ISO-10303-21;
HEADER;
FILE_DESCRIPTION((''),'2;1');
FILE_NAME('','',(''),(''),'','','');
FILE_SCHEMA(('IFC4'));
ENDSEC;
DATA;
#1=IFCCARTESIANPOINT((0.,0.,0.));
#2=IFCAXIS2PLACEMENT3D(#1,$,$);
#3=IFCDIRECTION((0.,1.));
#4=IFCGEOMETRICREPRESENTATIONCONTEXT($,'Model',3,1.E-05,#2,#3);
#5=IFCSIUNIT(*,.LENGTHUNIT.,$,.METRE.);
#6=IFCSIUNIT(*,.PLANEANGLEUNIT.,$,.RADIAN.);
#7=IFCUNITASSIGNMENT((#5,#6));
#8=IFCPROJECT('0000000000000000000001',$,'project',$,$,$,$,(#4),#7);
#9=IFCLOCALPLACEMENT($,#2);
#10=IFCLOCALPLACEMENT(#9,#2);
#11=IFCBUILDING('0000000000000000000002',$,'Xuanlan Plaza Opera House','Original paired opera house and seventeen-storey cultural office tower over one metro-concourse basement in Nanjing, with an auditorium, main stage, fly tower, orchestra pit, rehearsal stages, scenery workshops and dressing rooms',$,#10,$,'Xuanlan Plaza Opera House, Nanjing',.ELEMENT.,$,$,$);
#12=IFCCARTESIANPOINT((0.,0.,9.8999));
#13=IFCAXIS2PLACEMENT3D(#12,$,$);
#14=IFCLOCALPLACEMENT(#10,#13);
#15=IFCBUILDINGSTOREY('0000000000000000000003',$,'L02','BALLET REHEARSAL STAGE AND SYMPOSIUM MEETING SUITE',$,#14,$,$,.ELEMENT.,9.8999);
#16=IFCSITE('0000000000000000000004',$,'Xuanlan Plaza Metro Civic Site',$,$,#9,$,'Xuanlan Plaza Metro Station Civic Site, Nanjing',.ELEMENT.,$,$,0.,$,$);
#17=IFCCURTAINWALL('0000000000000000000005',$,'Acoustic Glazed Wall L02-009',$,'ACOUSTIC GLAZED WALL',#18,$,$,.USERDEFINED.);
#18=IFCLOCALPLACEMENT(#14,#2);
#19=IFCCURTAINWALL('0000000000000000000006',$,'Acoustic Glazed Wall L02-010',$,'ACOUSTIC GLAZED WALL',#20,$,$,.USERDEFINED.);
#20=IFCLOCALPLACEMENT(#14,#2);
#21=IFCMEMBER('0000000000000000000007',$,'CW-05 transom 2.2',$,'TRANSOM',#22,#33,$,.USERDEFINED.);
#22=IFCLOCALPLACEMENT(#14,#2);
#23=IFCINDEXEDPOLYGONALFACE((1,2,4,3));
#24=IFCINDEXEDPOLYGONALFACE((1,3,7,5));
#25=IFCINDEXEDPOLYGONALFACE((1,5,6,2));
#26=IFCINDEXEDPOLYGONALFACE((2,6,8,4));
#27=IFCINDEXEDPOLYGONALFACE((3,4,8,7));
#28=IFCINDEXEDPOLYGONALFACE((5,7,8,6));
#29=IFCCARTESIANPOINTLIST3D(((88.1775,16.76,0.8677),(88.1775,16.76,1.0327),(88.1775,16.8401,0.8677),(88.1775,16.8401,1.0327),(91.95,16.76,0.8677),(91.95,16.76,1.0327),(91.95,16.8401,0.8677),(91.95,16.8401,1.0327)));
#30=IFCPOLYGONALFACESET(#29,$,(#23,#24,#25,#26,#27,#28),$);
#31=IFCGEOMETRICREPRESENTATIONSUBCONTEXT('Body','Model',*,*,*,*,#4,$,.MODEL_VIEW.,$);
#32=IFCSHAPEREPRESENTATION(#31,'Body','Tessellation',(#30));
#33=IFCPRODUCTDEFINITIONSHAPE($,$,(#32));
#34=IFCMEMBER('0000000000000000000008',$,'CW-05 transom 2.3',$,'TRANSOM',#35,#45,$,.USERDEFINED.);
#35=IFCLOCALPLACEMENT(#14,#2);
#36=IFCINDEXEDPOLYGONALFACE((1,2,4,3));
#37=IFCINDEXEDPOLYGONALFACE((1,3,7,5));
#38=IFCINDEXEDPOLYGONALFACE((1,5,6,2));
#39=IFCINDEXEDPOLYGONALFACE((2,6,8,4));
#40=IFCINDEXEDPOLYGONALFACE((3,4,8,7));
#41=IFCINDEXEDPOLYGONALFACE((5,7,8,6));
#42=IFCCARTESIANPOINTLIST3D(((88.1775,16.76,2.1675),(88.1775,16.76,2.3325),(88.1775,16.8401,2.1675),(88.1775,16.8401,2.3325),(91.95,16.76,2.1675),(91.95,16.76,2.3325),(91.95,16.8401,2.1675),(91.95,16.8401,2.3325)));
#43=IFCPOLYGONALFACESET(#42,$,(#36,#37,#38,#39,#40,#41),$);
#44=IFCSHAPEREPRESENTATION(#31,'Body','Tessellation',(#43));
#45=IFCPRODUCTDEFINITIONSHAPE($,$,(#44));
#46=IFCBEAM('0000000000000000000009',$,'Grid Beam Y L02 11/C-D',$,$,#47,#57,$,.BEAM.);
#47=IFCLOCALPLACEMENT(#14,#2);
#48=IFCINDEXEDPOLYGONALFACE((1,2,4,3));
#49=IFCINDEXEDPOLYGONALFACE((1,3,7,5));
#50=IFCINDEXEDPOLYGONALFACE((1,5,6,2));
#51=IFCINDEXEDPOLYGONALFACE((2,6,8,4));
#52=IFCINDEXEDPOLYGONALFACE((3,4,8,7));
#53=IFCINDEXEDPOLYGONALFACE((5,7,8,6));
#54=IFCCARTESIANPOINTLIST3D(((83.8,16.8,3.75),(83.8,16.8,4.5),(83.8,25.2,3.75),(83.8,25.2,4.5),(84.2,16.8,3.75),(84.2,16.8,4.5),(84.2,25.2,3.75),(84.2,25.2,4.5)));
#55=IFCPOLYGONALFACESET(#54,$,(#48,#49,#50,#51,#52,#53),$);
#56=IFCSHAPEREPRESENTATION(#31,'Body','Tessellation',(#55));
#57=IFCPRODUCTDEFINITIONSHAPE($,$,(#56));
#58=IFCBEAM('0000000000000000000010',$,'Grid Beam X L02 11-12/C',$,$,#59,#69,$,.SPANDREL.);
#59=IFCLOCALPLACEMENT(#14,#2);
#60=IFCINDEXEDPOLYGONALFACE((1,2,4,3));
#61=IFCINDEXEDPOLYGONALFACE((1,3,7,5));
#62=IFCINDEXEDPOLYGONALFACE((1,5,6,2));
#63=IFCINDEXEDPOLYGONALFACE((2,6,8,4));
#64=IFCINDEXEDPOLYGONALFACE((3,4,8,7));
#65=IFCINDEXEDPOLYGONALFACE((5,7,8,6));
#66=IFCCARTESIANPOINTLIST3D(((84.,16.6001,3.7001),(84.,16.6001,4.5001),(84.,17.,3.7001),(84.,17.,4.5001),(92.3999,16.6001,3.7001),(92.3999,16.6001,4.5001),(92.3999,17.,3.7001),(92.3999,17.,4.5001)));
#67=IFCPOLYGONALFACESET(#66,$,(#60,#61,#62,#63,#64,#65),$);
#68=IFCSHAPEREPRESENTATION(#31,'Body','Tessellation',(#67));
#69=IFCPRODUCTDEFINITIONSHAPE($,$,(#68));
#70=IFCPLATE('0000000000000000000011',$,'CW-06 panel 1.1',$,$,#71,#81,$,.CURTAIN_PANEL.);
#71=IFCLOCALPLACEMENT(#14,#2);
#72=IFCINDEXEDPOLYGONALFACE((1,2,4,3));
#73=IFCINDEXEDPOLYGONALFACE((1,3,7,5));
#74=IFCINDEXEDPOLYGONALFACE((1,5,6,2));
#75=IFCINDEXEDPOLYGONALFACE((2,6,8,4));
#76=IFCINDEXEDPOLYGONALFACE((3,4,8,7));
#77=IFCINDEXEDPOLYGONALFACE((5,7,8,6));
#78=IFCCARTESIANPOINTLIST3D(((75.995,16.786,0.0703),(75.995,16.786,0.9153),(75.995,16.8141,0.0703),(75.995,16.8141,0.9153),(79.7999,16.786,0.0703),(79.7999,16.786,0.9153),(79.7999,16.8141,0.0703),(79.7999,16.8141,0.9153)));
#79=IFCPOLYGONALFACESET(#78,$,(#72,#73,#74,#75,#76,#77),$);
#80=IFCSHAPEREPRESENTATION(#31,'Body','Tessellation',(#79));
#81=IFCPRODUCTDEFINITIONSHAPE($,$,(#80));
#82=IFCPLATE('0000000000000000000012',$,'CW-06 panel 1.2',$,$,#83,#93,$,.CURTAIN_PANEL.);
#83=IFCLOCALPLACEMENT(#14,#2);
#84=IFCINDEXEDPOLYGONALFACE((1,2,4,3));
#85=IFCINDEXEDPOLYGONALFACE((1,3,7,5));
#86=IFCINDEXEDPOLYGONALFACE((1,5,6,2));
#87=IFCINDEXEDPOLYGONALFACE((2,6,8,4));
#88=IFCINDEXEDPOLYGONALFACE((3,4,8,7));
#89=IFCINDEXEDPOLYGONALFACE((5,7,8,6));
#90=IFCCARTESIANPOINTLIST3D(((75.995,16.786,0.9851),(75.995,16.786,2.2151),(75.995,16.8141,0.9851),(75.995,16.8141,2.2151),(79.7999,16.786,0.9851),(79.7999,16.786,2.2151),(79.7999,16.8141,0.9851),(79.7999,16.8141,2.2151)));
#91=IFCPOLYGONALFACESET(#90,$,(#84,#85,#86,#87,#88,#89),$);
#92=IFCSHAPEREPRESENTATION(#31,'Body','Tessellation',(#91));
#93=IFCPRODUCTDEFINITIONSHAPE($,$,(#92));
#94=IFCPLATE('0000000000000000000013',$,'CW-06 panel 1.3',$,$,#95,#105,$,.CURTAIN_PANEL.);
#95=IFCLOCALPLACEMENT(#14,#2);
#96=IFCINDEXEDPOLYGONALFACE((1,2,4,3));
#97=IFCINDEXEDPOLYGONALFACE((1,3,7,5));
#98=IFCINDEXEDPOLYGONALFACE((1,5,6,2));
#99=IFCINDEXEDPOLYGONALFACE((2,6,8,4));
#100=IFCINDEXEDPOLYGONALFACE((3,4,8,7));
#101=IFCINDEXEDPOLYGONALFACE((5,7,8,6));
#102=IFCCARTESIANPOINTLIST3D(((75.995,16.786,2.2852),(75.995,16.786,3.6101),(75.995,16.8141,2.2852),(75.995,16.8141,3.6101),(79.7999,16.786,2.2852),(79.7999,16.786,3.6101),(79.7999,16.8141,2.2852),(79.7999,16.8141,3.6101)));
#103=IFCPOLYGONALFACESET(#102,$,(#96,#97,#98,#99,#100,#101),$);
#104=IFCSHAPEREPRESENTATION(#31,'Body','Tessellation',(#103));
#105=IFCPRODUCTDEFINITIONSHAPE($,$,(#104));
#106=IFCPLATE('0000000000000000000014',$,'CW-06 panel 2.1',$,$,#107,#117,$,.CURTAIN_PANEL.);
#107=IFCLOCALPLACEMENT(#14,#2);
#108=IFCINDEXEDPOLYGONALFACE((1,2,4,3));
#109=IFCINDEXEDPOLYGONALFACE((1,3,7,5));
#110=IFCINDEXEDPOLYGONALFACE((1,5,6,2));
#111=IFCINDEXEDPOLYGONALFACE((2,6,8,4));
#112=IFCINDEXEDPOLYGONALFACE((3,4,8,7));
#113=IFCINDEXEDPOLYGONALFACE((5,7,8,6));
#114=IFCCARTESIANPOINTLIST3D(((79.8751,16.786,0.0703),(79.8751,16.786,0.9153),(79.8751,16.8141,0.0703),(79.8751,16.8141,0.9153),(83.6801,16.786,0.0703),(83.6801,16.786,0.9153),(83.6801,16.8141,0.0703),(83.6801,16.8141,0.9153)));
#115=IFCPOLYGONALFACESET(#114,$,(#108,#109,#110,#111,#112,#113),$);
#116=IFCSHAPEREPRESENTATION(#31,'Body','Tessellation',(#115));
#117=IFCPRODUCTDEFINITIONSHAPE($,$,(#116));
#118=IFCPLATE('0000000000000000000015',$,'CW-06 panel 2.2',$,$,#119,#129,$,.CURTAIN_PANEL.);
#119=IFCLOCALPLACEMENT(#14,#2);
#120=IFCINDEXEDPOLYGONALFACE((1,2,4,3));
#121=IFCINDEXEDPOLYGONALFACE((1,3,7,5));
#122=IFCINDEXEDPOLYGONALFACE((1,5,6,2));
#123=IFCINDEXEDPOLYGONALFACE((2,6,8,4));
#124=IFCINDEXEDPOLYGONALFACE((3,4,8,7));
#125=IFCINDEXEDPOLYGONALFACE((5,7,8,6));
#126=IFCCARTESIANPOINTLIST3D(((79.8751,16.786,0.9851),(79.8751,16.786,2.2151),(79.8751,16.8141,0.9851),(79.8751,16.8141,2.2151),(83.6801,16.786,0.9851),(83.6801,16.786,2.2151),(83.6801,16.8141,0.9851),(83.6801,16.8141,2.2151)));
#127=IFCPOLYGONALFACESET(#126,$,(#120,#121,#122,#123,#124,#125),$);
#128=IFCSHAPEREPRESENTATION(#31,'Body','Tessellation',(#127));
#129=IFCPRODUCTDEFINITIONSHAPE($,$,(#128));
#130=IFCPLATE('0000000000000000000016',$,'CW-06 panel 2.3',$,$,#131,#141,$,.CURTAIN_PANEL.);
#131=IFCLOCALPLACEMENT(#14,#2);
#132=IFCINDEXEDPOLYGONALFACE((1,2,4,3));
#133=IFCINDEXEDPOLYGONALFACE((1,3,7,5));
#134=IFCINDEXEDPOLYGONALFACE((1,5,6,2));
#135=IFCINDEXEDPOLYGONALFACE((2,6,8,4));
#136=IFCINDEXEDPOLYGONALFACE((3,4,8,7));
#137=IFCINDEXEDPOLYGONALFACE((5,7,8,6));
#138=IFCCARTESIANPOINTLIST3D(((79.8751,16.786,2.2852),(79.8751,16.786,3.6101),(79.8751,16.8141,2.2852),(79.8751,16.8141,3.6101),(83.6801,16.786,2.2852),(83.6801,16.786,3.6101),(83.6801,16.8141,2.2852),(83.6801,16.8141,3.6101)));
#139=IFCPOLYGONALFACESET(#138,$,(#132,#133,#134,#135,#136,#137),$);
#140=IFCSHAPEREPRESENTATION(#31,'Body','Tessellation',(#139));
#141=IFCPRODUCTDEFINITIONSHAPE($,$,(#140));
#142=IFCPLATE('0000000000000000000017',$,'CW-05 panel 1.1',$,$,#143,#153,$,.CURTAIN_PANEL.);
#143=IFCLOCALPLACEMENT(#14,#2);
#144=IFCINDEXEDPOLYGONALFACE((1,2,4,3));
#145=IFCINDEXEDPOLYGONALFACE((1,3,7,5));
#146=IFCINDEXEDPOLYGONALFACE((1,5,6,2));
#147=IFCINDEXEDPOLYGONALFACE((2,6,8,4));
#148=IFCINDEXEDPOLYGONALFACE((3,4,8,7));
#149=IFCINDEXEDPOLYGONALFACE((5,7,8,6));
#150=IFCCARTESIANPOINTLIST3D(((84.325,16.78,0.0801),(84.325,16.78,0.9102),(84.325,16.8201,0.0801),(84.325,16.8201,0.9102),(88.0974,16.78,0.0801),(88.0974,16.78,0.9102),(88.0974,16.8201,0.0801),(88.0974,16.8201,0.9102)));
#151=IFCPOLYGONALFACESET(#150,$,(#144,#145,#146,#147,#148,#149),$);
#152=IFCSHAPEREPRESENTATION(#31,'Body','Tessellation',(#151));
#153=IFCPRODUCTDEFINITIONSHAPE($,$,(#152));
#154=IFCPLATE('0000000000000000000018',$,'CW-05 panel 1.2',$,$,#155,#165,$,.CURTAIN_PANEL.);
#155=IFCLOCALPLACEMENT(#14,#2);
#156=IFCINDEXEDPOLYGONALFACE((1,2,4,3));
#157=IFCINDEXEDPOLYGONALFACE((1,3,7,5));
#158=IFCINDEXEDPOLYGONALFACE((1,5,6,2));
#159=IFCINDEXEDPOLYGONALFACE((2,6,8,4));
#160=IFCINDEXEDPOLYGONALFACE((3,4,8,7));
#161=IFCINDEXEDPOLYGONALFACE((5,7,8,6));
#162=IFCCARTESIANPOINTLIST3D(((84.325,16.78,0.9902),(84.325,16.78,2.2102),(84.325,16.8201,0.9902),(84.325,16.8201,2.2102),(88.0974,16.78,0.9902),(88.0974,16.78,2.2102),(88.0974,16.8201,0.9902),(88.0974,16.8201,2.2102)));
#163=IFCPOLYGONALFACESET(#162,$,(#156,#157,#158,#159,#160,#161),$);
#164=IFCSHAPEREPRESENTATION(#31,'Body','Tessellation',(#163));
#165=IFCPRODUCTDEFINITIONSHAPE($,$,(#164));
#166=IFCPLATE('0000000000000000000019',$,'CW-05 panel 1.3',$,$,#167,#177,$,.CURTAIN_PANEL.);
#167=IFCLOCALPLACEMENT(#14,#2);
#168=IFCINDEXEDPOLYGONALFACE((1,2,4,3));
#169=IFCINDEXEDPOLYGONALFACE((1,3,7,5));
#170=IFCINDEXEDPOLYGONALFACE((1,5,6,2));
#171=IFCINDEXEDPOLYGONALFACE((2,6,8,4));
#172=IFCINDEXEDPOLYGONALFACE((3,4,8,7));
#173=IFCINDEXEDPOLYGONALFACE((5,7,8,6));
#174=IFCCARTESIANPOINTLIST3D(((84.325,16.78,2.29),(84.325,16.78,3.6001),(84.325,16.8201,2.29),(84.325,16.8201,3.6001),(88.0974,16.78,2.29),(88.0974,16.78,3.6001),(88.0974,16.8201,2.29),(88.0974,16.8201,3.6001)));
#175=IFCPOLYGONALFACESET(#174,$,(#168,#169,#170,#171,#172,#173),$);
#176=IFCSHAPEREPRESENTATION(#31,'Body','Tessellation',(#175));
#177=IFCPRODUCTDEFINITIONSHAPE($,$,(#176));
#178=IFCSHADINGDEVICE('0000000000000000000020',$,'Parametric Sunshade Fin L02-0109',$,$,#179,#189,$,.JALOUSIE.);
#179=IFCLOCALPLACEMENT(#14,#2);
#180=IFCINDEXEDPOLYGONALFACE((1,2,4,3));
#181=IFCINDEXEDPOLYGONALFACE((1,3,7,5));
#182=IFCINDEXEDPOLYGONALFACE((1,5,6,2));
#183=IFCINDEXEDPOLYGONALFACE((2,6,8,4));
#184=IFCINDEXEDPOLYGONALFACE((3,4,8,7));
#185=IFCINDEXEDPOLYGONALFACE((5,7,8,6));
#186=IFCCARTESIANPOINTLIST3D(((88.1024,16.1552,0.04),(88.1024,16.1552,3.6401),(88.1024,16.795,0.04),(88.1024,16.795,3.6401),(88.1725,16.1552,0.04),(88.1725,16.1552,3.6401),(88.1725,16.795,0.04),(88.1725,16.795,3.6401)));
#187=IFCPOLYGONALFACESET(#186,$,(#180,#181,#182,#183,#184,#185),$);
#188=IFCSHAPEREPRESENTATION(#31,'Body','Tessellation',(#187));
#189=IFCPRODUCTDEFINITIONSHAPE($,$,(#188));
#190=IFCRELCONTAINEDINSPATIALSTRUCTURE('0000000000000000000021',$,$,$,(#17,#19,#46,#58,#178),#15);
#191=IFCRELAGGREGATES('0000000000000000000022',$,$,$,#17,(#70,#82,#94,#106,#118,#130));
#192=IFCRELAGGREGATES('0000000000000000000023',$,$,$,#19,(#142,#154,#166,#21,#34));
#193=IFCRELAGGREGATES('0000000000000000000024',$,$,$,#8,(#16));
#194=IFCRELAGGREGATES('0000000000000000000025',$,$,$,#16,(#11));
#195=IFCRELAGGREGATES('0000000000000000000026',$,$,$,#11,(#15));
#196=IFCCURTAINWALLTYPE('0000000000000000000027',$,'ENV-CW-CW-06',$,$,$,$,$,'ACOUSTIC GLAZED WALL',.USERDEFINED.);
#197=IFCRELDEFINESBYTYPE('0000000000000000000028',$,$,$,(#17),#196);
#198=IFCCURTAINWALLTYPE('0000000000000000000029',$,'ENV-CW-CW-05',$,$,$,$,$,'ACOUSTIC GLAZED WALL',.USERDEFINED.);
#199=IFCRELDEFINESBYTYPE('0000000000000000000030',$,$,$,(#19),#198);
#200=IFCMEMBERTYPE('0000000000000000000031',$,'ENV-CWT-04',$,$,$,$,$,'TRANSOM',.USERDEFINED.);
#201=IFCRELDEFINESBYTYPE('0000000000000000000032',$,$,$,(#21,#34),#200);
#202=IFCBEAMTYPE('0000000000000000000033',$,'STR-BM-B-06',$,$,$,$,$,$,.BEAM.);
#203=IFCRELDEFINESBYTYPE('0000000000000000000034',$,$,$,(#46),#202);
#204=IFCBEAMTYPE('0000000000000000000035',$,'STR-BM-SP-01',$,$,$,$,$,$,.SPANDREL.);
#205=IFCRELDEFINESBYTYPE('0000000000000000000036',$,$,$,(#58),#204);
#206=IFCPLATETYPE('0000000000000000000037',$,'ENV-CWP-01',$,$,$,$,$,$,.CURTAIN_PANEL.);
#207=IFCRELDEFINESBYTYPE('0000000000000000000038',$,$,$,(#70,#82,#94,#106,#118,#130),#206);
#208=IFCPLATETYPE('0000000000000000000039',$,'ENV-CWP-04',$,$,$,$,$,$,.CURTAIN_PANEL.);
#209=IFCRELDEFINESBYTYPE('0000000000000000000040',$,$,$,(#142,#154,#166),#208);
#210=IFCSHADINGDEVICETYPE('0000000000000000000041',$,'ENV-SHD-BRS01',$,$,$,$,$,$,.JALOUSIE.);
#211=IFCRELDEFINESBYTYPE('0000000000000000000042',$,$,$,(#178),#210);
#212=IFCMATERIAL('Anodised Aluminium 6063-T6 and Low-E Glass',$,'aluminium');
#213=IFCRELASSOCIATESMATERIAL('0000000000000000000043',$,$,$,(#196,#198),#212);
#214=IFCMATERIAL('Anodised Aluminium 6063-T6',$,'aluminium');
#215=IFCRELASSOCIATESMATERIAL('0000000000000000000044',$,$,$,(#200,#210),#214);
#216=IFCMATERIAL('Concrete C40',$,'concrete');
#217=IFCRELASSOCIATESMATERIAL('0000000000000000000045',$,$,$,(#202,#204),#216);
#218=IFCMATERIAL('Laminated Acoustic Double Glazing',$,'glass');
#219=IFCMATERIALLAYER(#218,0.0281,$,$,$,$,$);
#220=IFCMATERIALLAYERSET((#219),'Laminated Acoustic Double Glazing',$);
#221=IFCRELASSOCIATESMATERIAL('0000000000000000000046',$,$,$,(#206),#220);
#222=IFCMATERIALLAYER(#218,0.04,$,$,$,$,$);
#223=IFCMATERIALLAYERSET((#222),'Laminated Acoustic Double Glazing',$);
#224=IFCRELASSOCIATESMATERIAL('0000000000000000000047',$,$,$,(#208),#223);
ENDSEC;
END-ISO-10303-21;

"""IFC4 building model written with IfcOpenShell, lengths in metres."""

from ifc_helpers import new_model, si_unit, direction, frame, origin, origin_2d, place, context, subcontext, project, spatial, rectangle, extrude, material, layer, layer_set, material_profile, profile_set, type_object, element, aggregate, save


model = new_model("IFC4")

# Units and contexts
model_context = context("Model", 3, precision=1e-05, world=origin(), true_north=direction((0.0, 1.0)))
body_context = subcontext(model_context, "Body", "Model", "MODEL_VIEW")
ifc_project = project(units=[si_unit("LENGTHUNIT", "METRE"), si_unit("PLANEANGLEUNIT", "RADIAN")], contexts=[model_context])

# Site, building, storey
site_placement = place(None, origin())
site = spatial("IfcSite", under=ifc_project, at=site_placement, Name="Xuanlan Plaza Metro Civic Site", LongName="Xuanlan Plaza Metro Station Civic Site, Nanjing", CompositionType="ELEMENT", RefElevation=0.0)
building_placement = place(site_placement, origin())
building = spatial("IfcBuilding", under=site, at=building_placement, Name="Xuanlan Plaza Opera House", Description="Original paired opera house and seventeen-storey cultural office tower over one metro-concourse basement in Nanjing, with an auditorium, main stage, fly tower, orchestra pit, rehearsal stages, scenery workshops and dressing rooms", LongName="Xuanlan Plaza Opera House, Nanjing", CompositionType="ELEMENT")
storey_placement = place(building_placement, frame((0.0, 0.0, 9.8999)))
storey = spatial("IfcBuildingStorey", under=building, at=storey_placement, Name="L02", Description="BALLET REHEARSAL STAGE AND SYMPOSIUM MEETING SUITE", CompositionType="ELEMENT", Elevation=9.8999)

# Shared definitions
ifc_material_1 = material(Name="Concrete C40", Category="concrete")

# Curtain walls
ifc_material_2 = material(Name="Anodised Aluminium 6063-T6 and Low-E Glass", Category="aluminium")
curtain_wall_type_1 = type_object("IfcCurtainWallType", Name="ENV-CW-CW-06", ElementType="ACOUSTIC GLAZED WALL", PredefinedType="USERDEFINED", material=ifc_material_2)
curtain_wall_1_placement = place(storey_placement, origin())
curtain_wall_1 = element("IfcCurtainWall", 1, at=curtain_wall_1_placement, inside=storey, type_object=curtain_wall_type_1, Name="Acoustic Glazed Wall L02-009", ObjectType="ACOUSTIC GLAZED WALL", PredefinedType="USERDEFINED")
ifc_material_3 = material(Name="Anodised Aluminium 6063-T6", Category="aluminium")
curtain_wall_type_2 = type_object("IfcCurtainWallType", Name="ENV-CW-CW-05", ElementType="ACOUSTIC GLAZED WALL", PredefinedType="USERDEFINED", material=ifc_material_2)
curtain_wall_2_placement = place(storey_placement, origin())
curtain_wall_2 = element("IfcCurtainWall", 2, at=curtain_wall_2_placement, inside=storey, type_object=curtain_wall_type_2, Name="Acoustic Glazed Wall L02-010", ObjectType="ACOUSTIC GLAZED WALL", PredefinedType="USERDEFINED")

# Members
ifc_material_profile_1 = material_profile(ifc_material_3, rectangle(XDim=0.0801, YDim=0.165, at=origin_2d()), Name="ALU-T 80x165")
ifc_profile_set_1 = profile_set([ifc_material_profile_1], Name="Anodised Aluminium 6063-T6")
member_type_1 = type_object("IfcMemberType", Name="ENV-CWT-04", ElementType="TRANSOM", PredefinedType="USERDEFINED", material=ifc_profile_set_1)
member_1_placement = place(storey_placement, frame((88.1775, 16.8, 0.9502), z_axis=(1.0, 0.0, 0.0), x_axis=(0.0, 1.0, 0.0)))
member_1 = element("IfcMember", 3, at=member_1_placement, type_object=member_type_1, Name="CW-05 transom 2.2", ObjectType="TRANSOM", PredefinedType="USERDEFINED", context=body_context, shape_type="SweptSolid", body=[
    extrude(rectangle(XDim=0.0801, YDim=0.165, at=origin_2d()), origin(), (0.0, 0.0, 1.0), 3.7725),
])
member_2_placement = place(storey_placement, frame((88.1775, 16.8, 2.25), z_axis=(1.0, 0.0, 0.0), x_axis=(0.0, 1.0, 0.0)))
member_2 = element("IfcMember", 4, at=member_2_placement, type_object=member_type_1, Name="CW-05 transom 2.3", ObjectType="TRANSOM", PredefinedType="USERDEFINED", context=body_context, shape_type="SweptSolid", body=[
    extrude(rectangle(XDim=0.0801, YDim=0.165, at=origin_2d()), origin(), (0.0, 0.0, 1.0), 3.7725),
])

# Beams
ifc_material_profile_2 = material_profile(ifc_material_1, rectangle(XDim=0.3999, YDim=0.75, at=origin_2d()), Name="RC-BM 400x750")
ifc_profile_set_2 = profile_set([ifc_material_profile_2], Name="Concrete C40")
beam_type_1 = type_object("IfcBeamType", Name="STR-BM-B-06", PredefinedType="BEAM", material=ifc_profile_set_2)
beam_1_placement = place(storey_placement, frame((84.0, 16.8, 4.125), z_axis=(0.0, 1.0, 0.0), x_axis=(-1.0, 0.0, 0.0)))
element("IfcBeam", 5, at=beam_1_placement, inside=storey, type_object=beam_type_1, Name="Grid Beam Y L02 11/C-D", PredefinedType="BEAM", context=body_context, shape_type="SweptSolid", body=[
    extrude(rectangle(XDim=0.3999, YDim=0.75, at=origin_2d()), origin(), (0.0, 0.0, 1.0), 8.3999),
])
ifc_material_profile_3 = material_profile(ifc_material_1, rectangle(XDim=0.3999, YDim=0.8, at=origin_2d()), Name="RC-SPD 400x800")
ifc_profile_set_3 = profile_set([ifc_material_profile_3], Name="Concrete C40")
beam_type_2 = type_object("IfcBeamType", Name="STR-BM-SP-01", PredefinedType="SPANDREL", material=ifc_profile_set_3)
beam_2_placement = place(storey_placement, frame((84.0, 16.8, 4.1001), z_axis=(1.0, 0.0, 0.0), x_axis=(0.0, 1.0, 0.0)))
element("IfcBeam", 6, at=beam_2_placement, inside=storey, type_object=beam_type_2, Name="Grid Beam X L02 11-12/C", PredefinedType="SPANDREL", context=body_context, shape_type="SweptSolid", body=[
    extrude(rectangle(XDim=0.3999, YDim=0.8, at=origin_2d()), origin(), (0.0, 0.0, 1.0), 8.3999),
])

# Plates
ifc_material_4 = material(Name="Laminated Acoustic Double Glazing", Category="glass")
ifc_layer_1 = layer(ifc_material_4, 0.0281)
ifc_layer_set_1 = layer_set([ifc_layer_1], Name="Laminated Acoustic Double Glazing")
plate_type_1 = type_object("IfcPlateType", Name="ENV-CWP-01", PredefinedType="CURTAIN_PANEL", material=ifc_layer_set_1)
plate_1_placement = place(storey_placement, frame((77.8975, 16.8, 0.0703), z_axis=(0.0, 0.0, 1.0), x_axis=(1.0, 0.0, 0.0)))
plate_1 = element("IfcPlate", 7, at=plate_1_placement, type_object=plate_type_1, Name="CW-06 panel 1.1", PredefinedType="CURTAIN_PANEL", context=body_context, shape_type="SweptSolid", body=[
    extrude(rectangle(XDim=3.8049, YDim=0.0281, at=origin_2d()), origin(), (0.0, 0.0, 1.0), 0.845),
])
plate_2_placement = place(storey_placement, frame((77.8975, 16.8, 0.9851), z_axis=(0.0, 0.0, 1.0), x_axis=(1.0, 0.0, 0.0)))
plate_2 = element("IfcPlate", 8, at=plate_2_placement, type_object=plate_type_1, Name="CW-06 panel 1.2", PredefinedType="CURTAIN_PANEL", context=body_context, shape_type="SweptSolid", body=[
    extrude(rectangle(XDim=3.8049, YDim=0.0281, at=origin_2d()), origin(), (0.0, 0.0, 1.0), 1.23),
])
plate_3_placement = place(storey_placement, frame((77.8975, 16.8, 2.2852), z_axis=(0.0, 0.0, 1.0), x_axis=(1.0, 0.0, 0.0)))
plate_3 = element("IfcPlate", 9, at=plate_3_placement, type_object=plate_type_1, Name="CW-06 panel 1.3", PredefinedType="CURTAIN_PANEL", context=body_context, shape_type="SweptSolid", body=[
    extrude(rectangle(XDim=3.8049, YDim=0.0281, at=origin_2d()), origin(), (0.0, 0.0, 1.0), 1.325),
])
plate_4_placement = place(storey_placement, frame((81.7776, 16.8, 0.0703), z_axis=(0.0, 0.0, 1.0), x_axis=(1.0, 0.0, 0.0)))
plate_4 = element("IfcPlate", 10, at=plate_4_placement, type_object=plate_type_1, Name="CW-06 panel 2.1", PredefinedType="CURTAIN_PANEL", context=body_context, shape_type="SweptSolid", body=[
    extrude(rectangle(XDim=3.8049, YDim=0.0281, at=origin_2d()), origin(), (0.0, 0.0, 1.0), 0.845),
])
plate_5_placement = place(storey_placement, frame((81.7776, 16.8, 0.9851), z_axis=(0.0, 0.0, 1.0), x_axis=(1.0, 0.0, 0.0)))
plate_5 = element("IfcPlate", 11, at=plate_5_placement, type_object=plate_type_1, Name="CW-06 panel 2.2", PredefinedType="CURTAIN_PANEL", context=body_context, shape_type="SweptSolid", body=[
    extrude(rectangle(XDim=3.8049, YDim=0.0281, at=origin_2d()), origin(), (0.0, 0.0, 1.0), 1.23),
])
plate_6_placement = place(storey_placement, frame((81.7776, 16.8, 2.2852), z_axis=(0.0, 0.0, 1.0), x_axis=(1.0, 0.0, 0.0)))
plate_6 = element("IfcPlate", 12, at=plate_6_placement, type_object=plate_type_1, Name="CW-06 panel 2.3", PredefinedType="CURTAIN_PANEL", context=body_context, shape_type="SweptSolid", body=[
    extrude(rectangle(XDim=3.8049, YDim=0.0281, at=origin_2d()), origin(), (0.0, 0.0, 1.0), 1.325),
])
aggregate(curtain_wall_1, [plate_1, plate_2, plate_3, plate_4, plate_5, plate_6])
ifc_layer_2 = layer(ifc_material_4, 0.04)
ifc_layer_set_2 = layer_set([ifc_layer_2], Name="Laminated Acoustic Double Glazing")
plate_type_2 = type_object("IfcPlateType", Name="ENV-CWP-04", PredefinedType="CURTAIN_PANEL", material=ifc_layer_set_2)
plate_7_placement = place(storey_placement, frame((86.2112, 16.8, 0.0801), z_axis=(0.0, 0.0, 1.0), x_axis=(1.0, 0.0, 0.0)))
plate_7 = element("IfcPlate", 13, at=plate_7_placement, type_object=plate_type_2, Name="CW-05 panel 1.1", PredefinedType="CURTAIN_PANEL", context=body_context, shape_type="SweptSolid", body=[
    extrude(rectangle(XDim=3.7725, YDim=0.04, at=origin_2d()), origin(), (0.0, 0.0, 1.0), 0.8301),
])
plate_8_placement = place(storey_placement, frame((86.2112, 16.8, 0.9902), z_axis=(0.0, 0.0, 1.0), x_axis=(1.0, 0.0, 0.0)))
plate_8 = element("IfcPlate", 14, at=plate_8_placement, type_object=plate_type_2, Name="CW-05 panel 1.2", PredefinedType="CURTAIN_PANEL", context=body_context, shape_type="SweptSolid", body=[
    extrude(rectangle(XDim=3.7725, YDim=0.04, at=origin_2d()), origin(), (0.0, 0.0, 1.0), 1.22),
])
plate_9_placement = place(storey_placement, frame((86.2112, 16.8, 2.29), z_axis=(0.0, 0.0, 1.0), x_axis=(1.0, 0.0, 0.0)))
plate_9 = element("IfcPlate", 15, at=plate_9_placement, type_object=plate_type_2, Name="CW-05 panel 1.3", PredefinedType="CURTAIN_PANEL", context=body_context, shape_type="SweptSolid", body=[
    extrude(rectangle(XDim=3.7725, YDim=0.04, at=origin_2d()), origin(), (0.0, 0.0, 1.0), 1.3101),
])
aggregate(curtain_wall_2, [plate_7, plate_8, plate_9, member_1, member_2])

# Shading device
shading_device_type_1 = type_object("IfcShadingDeviceType", Name="ENV-SHD-BRS01", PredefinedType="JALOUSIE", material=ifc_material_3)
shading_device_1_placement = place(storey_placement, frame((88.1375, 16.4751, 0.04), z_axis=(0.0, 0.0, 1.0), x_axis=(0.0, -1.0, 0.0)))
element("IfcShadingDevice", 16, at=shading_device_1_placement, inside=storey, type_object=shading_device_type_1, Name="Parametric Sunshade Fin L02-0109", PredefinedType="JALOUSIE", context=body_context, shape_type="SweptSolid", body=[
    extrude(rectangle(XDim=0.6399, YDim=0.0701, at=origin_2d()), origin(), (0.0, 0.0, 1.0), 3.6001),
])

save(model, "model.ifc")
